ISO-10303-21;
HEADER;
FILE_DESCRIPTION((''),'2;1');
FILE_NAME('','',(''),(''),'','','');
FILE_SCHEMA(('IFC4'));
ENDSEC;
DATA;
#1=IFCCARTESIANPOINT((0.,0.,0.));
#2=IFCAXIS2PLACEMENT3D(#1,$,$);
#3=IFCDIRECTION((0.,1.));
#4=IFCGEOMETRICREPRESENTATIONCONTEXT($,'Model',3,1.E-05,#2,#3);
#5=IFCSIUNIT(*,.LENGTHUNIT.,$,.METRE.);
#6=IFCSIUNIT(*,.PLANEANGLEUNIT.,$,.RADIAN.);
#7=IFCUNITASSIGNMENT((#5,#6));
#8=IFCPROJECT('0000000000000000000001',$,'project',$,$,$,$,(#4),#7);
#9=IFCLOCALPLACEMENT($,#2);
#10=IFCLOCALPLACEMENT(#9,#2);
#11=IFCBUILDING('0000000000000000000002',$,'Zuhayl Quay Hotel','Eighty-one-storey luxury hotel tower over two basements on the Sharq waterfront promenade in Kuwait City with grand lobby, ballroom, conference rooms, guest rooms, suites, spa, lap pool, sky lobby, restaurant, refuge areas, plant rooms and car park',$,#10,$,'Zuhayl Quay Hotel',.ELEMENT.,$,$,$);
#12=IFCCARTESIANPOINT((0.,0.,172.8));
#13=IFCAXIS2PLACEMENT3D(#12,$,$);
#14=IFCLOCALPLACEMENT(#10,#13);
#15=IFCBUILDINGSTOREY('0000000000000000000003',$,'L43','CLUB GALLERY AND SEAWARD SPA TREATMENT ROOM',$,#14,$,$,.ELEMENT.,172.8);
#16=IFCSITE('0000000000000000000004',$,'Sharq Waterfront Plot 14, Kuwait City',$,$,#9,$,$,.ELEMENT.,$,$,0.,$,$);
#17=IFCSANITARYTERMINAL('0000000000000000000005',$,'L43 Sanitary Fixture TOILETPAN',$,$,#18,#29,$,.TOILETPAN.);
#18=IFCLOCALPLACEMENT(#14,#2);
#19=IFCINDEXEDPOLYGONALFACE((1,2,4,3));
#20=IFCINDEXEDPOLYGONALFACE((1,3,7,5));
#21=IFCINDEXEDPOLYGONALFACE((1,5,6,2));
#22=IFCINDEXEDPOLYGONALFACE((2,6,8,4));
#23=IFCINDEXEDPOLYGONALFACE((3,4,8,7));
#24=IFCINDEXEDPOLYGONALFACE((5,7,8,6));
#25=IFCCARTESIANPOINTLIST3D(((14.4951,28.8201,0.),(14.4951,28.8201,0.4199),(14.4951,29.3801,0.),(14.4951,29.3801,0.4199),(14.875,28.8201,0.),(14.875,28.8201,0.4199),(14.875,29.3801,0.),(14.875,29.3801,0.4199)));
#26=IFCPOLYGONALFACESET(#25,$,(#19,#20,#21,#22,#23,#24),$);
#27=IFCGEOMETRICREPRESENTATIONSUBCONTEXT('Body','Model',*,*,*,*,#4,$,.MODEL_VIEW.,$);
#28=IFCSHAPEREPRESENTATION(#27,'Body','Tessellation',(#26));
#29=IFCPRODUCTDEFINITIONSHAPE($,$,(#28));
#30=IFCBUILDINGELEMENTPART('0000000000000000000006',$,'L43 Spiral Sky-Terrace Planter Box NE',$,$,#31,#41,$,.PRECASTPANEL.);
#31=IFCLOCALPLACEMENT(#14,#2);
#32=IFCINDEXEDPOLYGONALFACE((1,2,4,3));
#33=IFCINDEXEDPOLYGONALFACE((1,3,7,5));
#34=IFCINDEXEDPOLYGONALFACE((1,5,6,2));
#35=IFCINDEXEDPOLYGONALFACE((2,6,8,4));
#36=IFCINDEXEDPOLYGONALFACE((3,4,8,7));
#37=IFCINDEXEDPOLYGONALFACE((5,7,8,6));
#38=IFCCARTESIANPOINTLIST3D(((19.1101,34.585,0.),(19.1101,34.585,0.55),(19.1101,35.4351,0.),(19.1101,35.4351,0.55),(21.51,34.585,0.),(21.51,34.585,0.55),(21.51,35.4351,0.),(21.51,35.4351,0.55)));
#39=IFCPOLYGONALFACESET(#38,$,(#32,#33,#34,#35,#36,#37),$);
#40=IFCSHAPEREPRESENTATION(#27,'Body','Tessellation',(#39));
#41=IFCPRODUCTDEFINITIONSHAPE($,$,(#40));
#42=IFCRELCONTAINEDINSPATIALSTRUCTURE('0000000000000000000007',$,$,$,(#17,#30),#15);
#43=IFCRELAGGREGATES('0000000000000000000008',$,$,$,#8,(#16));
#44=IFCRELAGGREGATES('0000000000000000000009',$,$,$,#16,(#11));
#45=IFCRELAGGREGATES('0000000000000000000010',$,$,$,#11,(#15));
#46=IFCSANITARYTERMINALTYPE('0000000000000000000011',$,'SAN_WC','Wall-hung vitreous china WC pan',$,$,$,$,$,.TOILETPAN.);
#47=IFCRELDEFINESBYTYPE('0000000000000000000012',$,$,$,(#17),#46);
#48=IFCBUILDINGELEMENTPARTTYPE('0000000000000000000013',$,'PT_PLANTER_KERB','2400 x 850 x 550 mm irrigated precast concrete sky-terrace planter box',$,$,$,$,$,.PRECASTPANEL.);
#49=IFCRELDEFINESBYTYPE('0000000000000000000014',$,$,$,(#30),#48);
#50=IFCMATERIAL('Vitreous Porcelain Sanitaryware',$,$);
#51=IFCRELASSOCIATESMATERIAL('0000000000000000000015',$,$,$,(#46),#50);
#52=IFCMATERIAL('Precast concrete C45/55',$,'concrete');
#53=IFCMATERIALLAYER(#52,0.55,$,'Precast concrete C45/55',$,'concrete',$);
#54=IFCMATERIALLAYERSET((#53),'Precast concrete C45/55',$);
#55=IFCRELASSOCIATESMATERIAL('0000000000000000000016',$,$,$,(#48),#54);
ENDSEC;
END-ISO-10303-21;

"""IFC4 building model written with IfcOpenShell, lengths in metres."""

from ifc_helpers import new_model, si_unit, direction, frame, origin, origin_2d, place, context, subcontext, project, spatial, rectangle, extrude, material, layer, layer_set, type_object, element, save


model = new_model("IFC4")

# Units and contexts
model_context = context("Model", 3, precision=1e-05, world=origin(), true_north=direction((0.0, 1.0)))
body_context = subcontext(model_context, "Body", "Model", "MODEL_VIEW")
ifc_project = project(units=[si_unit("LENGTHUNIT", "METRE"), si_unit("PLANEANGLEUNIT", "RADIAN")], contexts=[model_context])

# Site, building, storey
site_placement = place(None, origin())
site = spatial("IfcSite", under=ifc_project, at=site_placement, Name="Sharq Waterfront Plot 14, Kuwait City", CompositionType="ELEMENT", RefElevation=0.0)
building_placement = place(site_placement, origin())
building = spatial("IfcBuilding", under=site, at=building_placement, Name="Zuhayl Quay Hotel", Description="Eighty-one-storey luxury hotel tower over two basements on the Sharq waterfront promenade in Kuwait City with grand lobby, ballroom, conference rooms, guest rooms, suites, spa, lap pool, sky lobby, restaurant, refuge areas, plant rooms and car park", LongName="Zuhayl Quay Hotel", CompositionType="ELEMENT")
storey_placement = place(building_placement, frame((0.0, 0.0, 172.8)))
storey = spatial("IfcBuildingStorey", under=building, at=storey_placement, Name="L43", Description="CLUB GALLERY AND SEAWARD SPA TREATMENT ROOM", CompositionType="ELEMENT", Elevation=172.8)

# Shared definitions
ifc_material_1 = material(Name="Precast concrete C45/55", Category="concrete")

# Sanitary terminal
ifc_material_2 = material(Name="Vitreous Porcelain Sanitaryware")
sanitary_terminal_type_1 = type_object("IfcSanitaryTerminalType", Name="SAN_WC", Description="Wall-hung vitreous china WC pan", PredefinedType="TOILETPAN", material=ifc_material_2)
sanitary_terminal_1_placement = place(storey_placement, frame((14.6851, 29.1001, 0.0), z_axis=(0.0, 0.0, 1.0), x_axis=(1.0, 0.0, 0.0)))
element("IfcSanitaryTerminal", 1, at=sanitary_terminal_1_placement, inside=storey, type_object=sanitary_terminal_type_1, Name="L43 Sanitary Fixture TOILETPAN", PredefinedType="TOILETPAN", context=body_context, shape_type="SweptSolid", body=[
    extrude(rectangle(XDim=0.3799, YDim=0.5601, at=origin_2d()), origin(), (0.0, 0.0, 1.0), 0.4199),
])

# Building element part
ifc_layer_1 = layer(ifc_material_1, 0.55, Name="Precast concrete C45/55", Category="concrete")
ifc_layer_set_1 = layer_set([ifc_layer_1], Name="Precast concrete C45/55")
building_element_part_type = type_object("IfcBuildingElementPartType", Name="PT_PLANTER_KERB", Description="2400 x 850 x 550 mm irrigated precast concrete sky-terrace planter box", PredefinedType="PRECASTPANEL", material=ifc_layer_set_1)
building_element_part_placement = place(storey_placement, frame((20.3101, 35.01, 0.0), z_axis=(0.0, 0.0, 1.0), x_axis=(1.0, 0.0, 0.0)))
element("IfcBuildingElementPart", 2, at=building_element_part_placement, inside=storey, type_object=building_element_part_type, Name="L43 Spiral Sky-Terrace Planter Box NE", PredefinedType="PRECASTPANEL", context=body_context, shape_type="SweptSolid", body=[
    extrude(rectangle(XDim=2.3999, YDim=0.8501, at=origin_2d()), origin(), (0.0, 0.0, 1.0), 0.55),
])

save(model, "model.ifc")
